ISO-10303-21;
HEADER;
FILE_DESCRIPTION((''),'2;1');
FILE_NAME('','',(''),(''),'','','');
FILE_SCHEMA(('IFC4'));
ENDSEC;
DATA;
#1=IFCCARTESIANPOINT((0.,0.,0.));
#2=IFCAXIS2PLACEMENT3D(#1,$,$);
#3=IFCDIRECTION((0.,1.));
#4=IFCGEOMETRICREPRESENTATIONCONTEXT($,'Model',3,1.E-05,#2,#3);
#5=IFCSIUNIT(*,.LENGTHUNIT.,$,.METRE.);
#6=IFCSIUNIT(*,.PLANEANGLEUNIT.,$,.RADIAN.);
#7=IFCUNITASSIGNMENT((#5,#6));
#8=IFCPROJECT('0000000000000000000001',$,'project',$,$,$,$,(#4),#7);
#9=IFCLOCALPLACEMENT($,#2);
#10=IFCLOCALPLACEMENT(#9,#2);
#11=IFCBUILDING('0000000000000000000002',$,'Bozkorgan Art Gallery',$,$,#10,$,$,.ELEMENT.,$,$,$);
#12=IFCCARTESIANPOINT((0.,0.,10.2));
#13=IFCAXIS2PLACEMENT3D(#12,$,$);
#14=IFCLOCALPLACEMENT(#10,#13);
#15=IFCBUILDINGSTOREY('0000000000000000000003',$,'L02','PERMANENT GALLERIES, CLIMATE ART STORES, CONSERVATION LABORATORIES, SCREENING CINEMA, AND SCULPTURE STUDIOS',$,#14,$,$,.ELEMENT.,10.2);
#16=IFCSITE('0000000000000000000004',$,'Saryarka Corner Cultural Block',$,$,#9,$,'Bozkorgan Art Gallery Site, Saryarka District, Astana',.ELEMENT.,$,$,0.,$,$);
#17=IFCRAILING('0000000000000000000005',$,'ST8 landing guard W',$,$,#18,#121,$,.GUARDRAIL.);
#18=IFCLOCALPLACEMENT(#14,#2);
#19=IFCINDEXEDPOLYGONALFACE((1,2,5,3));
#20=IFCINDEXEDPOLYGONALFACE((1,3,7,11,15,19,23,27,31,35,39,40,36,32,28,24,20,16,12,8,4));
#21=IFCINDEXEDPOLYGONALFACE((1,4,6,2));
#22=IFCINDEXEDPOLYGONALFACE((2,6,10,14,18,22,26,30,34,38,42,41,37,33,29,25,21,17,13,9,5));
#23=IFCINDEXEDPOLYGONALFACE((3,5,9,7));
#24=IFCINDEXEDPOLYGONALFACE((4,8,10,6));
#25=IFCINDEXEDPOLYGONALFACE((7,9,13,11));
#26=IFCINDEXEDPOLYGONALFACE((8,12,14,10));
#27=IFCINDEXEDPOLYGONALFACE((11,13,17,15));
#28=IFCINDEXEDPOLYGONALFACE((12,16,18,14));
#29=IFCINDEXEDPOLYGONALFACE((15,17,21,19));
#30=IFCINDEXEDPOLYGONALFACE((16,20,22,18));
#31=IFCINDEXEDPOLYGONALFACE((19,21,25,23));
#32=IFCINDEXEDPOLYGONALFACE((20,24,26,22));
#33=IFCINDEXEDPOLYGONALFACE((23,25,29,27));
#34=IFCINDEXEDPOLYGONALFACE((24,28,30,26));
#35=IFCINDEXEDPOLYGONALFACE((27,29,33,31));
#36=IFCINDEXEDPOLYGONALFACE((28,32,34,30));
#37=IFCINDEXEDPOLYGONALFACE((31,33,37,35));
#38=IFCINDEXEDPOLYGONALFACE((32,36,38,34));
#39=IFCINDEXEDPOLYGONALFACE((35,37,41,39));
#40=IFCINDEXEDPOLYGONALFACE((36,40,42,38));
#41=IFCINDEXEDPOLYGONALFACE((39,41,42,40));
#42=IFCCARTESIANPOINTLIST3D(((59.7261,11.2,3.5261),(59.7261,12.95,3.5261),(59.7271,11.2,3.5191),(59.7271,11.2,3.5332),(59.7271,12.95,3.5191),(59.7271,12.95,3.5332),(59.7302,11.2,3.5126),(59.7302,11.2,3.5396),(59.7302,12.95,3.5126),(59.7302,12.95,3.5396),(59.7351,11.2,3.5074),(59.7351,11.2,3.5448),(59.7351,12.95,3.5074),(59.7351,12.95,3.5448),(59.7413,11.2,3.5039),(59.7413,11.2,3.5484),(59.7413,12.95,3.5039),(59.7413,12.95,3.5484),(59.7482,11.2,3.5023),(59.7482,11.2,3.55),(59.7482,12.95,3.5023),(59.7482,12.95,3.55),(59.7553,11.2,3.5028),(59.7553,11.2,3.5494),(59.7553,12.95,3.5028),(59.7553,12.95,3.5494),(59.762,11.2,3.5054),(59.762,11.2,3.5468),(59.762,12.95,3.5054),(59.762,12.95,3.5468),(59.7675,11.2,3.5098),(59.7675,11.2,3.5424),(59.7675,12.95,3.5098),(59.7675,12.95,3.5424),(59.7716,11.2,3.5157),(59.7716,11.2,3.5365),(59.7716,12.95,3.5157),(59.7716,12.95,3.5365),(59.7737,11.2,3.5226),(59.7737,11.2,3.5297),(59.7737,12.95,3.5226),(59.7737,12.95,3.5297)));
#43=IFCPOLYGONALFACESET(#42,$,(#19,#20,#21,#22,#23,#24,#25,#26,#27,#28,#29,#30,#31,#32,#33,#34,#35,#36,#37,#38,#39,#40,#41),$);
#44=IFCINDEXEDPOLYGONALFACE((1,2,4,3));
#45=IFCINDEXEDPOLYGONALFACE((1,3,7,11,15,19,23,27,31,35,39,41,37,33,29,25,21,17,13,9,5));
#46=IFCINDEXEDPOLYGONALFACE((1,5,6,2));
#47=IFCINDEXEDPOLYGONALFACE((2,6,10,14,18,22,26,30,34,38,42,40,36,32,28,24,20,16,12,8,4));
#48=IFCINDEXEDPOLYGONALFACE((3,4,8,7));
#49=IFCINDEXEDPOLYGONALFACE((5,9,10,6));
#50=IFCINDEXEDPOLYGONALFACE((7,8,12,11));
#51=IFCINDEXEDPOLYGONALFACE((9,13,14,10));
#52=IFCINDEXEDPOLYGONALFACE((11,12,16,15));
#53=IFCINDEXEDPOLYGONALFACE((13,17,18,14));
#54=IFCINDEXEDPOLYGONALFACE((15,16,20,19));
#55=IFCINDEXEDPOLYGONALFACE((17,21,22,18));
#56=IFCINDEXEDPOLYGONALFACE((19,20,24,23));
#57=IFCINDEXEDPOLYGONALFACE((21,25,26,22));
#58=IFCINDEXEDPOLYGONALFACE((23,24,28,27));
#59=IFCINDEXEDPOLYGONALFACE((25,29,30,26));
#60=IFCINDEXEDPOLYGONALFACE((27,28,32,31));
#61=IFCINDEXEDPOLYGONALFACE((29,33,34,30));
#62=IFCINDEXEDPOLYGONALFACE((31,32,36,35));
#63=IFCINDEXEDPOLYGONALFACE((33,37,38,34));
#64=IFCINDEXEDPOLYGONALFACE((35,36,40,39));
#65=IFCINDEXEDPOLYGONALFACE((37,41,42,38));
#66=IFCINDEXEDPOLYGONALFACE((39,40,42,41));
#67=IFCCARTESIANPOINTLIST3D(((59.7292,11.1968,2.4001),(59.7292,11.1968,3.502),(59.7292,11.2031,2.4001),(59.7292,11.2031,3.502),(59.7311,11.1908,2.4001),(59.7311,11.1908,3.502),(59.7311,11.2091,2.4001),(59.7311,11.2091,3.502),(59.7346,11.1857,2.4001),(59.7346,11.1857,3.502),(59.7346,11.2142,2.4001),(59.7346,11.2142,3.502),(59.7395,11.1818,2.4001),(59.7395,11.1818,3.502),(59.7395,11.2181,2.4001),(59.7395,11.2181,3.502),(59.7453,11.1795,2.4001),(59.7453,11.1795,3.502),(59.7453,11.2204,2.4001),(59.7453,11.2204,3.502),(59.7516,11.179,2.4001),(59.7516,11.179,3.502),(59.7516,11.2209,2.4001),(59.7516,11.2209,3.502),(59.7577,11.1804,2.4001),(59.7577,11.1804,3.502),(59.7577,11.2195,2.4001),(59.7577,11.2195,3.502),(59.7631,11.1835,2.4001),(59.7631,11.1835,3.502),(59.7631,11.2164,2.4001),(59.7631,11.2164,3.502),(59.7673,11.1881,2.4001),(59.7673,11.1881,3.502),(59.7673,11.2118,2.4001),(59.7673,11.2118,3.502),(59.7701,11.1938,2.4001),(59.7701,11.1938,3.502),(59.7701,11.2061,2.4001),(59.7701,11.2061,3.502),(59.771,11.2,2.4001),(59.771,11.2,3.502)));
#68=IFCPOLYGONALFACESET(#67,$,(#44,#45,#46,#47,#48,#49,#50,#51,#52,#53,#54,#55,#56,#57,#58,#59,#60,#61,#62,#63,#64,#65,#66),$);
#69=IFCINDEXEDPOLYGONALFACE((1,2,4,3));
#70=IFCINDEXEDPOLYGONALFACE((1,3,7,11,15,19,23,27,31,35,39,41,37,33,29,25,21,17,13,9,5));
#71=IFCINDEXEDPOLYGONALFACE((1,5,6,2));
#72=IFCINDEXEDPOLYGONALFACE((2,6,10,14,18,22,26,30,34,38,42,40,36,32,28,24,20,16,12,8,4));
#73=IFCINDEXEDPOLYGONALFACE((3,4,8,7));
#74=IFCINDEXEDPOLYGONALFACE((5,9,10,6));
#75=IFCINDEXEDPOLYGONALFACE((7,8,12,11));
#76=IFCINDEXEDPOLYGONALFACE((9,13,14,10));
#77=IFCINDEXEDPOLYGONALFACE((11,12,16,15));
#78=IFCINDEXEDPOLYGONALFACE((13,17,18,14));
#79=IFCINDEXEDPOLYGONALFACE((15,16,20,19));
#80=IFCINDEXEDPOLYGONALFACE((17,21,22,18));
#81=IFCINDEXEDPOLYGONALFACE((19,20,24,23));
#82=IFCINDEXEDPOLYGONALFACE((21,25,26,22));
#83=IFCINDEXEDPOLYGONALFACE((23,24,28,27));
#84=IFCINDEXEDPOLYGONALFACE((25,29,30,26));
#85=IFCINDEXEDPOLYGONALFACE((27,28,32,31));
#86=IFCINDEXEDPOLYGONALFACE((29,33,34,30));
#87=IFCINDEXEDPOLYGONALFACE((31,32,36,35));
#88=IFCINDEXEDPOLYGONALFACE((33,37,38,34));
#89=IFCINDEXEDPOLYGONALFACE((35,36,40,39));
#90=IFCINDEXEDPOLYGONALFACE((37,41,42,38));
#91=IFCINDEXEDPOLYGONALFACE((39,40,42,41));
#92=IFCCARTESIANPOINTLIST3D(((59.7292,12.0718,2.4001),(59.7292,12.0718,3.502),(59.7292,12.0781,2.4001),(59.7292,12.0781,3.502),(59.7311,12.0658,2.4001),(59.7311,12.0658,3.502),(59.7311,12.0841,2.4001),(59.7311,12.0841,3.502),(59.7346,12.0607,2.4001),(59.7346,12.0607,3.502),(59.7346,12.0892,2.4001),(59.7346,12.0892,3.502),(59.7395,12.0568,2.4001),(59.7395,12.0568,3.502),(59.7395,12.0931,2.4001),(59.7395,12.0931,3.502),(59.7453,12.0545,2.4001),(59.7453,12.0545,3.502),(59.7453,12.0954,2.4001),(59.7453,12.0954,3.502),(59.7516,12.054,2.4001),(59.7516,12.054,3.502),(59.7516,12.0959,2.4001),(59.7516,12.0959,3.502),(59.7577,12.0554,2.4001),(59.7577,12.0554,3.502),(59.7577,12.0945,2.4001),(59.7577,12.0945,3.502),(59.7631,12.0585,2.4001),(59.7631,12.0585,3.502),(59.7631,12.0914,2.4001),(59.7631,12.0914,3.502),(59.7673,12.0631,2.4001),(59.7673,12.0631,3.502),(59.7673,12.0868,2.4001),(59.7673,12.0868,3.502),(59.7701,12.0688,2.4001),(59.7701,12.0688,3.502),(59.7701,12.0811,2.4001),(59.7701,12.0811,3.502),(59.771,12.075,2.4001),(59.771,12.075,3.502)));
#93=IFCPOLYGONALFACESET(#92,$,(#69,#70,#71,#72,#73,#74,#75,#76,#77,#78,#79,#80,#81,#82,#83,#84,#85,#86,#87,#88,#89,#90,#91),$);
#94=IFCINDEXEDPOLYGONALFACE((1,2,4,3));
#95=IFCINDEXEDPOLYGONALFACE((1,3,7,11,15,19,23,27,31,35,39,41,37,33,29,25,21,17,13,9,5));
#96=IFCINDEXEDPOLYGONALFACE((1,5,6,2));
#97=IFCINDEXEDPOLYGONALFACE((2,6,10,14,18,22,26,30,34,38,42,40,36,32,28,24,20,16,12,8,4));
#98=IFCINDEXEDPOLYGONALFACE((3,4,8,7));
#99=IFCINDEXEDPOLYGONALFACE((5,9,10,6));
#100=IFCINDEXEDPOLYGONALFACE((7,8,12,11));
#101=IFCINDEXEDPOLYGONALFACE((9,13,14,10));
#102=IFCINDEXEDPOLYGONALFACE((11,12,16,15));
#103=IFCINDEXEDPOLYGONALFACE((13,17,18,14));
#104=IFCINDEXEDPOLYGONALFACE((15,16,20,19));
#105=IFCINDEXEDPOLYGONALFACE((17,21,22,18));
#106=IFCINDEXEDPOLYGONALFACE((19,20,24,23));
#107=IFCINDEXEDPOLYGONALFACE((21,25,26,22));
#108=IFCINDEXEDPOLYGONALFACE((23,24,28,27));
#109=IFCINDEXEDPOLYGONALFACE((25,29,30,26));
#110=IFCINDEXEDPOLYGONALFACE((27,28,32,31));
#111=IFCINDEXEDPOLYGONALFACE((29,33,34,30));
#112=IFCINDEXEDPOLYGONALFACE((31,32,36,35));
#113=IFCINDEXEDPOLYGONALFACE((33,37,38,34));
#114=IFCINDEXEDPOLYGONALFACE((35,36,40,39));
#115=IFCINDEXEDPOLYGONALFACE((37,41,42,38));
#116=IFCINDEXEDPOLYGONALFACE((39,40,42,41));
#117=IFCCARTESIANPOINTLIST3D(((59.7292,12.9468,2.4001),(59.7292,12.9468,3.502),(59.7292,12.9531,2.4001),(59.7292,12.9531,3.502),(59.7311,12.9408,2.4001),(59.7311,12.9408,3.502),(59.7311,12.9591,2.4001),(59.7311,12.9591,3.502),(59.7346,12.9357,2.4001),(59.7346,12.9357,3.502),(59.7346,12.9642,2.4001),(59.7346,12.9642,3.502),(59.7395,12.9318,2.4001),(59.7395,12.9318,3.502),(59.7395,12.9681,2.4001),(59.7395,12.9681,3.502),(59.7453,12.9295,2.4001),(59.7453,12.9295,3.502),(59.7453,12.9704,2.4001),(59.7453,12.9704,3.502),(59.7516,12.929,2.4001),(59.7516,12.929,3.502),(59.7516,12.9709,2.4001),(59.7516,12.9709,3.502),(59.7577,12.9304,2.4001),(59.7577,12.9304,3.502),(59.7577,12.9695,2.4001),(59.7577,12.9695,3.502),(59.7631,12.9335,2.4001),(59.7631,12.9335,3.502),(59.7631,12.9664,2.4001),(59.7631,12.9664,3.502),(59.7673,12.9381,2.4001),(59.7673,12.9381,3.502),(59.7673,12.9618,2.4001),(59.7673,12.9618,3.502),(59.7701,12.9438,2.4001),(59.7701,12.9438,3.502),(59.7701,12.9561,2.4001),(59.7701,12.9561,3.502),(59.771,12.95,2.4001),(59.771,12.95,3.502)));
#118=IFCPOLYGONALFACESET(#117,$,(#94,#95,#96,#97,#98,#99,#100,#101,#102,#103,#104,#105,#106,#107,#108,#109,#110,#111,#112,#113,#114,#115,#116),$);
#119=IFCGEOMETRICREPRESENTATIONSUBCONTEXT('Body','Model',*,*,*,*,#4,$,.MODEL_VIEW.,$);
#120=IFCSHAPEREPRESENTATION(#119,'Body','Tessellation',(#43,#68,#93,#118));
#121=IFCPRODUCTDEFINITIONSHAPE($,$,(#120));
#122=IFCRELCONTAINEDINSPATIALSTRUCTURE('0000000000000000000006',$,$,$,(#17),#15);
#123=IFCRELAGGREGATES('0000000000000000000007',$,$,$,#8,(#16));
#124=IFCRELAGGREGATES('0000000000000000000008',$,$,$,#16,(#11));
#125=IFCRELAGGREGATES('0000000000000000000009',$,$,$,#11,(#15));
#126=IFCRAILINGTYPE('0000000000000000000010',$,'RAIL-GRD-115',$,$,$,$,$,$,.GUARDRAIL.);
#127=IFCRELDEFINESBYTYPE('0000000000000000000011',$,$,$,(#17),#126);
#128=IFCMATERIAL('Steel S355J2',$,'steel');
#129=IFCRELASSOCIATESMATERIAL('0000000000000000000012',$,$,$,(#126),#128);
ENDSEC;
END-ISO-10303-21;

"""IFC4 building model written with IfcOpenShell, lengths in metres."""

from ifc_helpers import new_model, si_unit, direction, frame, origin, origin_2d, place, context, subcontext, project, spatial, circle, extrude, material, type_object, element, save


model = new_model("IFC4")

# Units and contexts
model_context = context("Model", 3, precision=1e-05, world=origin(), true_north=direction((0.0, 1.0)))
body_context = subcontext(model_context, "Body", "Model", "MODEL_VIEW")
ifc_project = project(units=[si_unit("LENGTHUNIT", "METRE"), si_unit("PLANEANGLEUNIT", "RADIAN")], contexts=[model_context])

# Site, building, storey
site_placement = place(None, origin())
site = spatial("IfcSite", under=ifc_project, at=site_placement, Name="Saryarka Corner Cultural Block", LongName="Bozkorgan Art Gallery Site, Saryarka District, Astana", CompositionType="ELEMENT", RefElevation=0.0)
building_placement = place(site_placement, origin())
building = spatial("IfcBuilding", under=site, at=building_placement, Name="Bozkorgan Art Gallery", CompositionType="ELEMENT")
storey_placement = place(building_placement, frame((0.0, 0.0, 10.2)))
storey = spatial("IfcBuildingStorey", under=building, at=storey_placement, Name="L02", Description="PERMANENT GALLERIES, CLIMATE ART STORES, CONSERVATION LABORATORIES, SCREENING CINEMA, AND SCULPTURE STUDIOS", CompositionType="ELEMENT", Elevation=10.2)

# Shared definitions
ifc_material_1 = material(Name="Steel S355J2", Category="steel")

# Railing
railing_type = type_object("IfcRailingType", Name="RAIL-GRD-115", PredefinedType="GUARDRAIL", material=ifc_material_1)
railing_1_placement = place(storey_placement, frame((59.75, 11.2, 2.4001)))
element("IfcRailing", 1, at=railing_1_placement, inside=storey, type_object=railing_type, Name="ST8 landing guard W", PredefinedType="GUARDRAIL", context=body_context, shape_type="SweptSolid", body=[
    extrude(circle(Radius=0.0239, at=origin_2d()), frame((0.0, 0.0, 1.126), z_axis=(0.0, 1.0, 0.0), x_axis=(-1.0, 0.0, 0.0)), (0.0, 0.0, 1.0), 1.75),
    extrude(circle(Radius=0.021, at=origin_2d()), origin(), (0.0, 0.0, 1.0), 1.1018),
    extrude(circle(Radius=0.021, at=origin_2d()), frame((0.0, 0.875, 0.0)), (0.0, 0.0, 1.0), 1.1018),
    extrude(circle(Radius=0.021, at=origin_2d()), frame((0.0, 1.75, 0.0)), (0.0, 0.0, 1.0), 1.1018),
])

save(model, "model.ifc")
